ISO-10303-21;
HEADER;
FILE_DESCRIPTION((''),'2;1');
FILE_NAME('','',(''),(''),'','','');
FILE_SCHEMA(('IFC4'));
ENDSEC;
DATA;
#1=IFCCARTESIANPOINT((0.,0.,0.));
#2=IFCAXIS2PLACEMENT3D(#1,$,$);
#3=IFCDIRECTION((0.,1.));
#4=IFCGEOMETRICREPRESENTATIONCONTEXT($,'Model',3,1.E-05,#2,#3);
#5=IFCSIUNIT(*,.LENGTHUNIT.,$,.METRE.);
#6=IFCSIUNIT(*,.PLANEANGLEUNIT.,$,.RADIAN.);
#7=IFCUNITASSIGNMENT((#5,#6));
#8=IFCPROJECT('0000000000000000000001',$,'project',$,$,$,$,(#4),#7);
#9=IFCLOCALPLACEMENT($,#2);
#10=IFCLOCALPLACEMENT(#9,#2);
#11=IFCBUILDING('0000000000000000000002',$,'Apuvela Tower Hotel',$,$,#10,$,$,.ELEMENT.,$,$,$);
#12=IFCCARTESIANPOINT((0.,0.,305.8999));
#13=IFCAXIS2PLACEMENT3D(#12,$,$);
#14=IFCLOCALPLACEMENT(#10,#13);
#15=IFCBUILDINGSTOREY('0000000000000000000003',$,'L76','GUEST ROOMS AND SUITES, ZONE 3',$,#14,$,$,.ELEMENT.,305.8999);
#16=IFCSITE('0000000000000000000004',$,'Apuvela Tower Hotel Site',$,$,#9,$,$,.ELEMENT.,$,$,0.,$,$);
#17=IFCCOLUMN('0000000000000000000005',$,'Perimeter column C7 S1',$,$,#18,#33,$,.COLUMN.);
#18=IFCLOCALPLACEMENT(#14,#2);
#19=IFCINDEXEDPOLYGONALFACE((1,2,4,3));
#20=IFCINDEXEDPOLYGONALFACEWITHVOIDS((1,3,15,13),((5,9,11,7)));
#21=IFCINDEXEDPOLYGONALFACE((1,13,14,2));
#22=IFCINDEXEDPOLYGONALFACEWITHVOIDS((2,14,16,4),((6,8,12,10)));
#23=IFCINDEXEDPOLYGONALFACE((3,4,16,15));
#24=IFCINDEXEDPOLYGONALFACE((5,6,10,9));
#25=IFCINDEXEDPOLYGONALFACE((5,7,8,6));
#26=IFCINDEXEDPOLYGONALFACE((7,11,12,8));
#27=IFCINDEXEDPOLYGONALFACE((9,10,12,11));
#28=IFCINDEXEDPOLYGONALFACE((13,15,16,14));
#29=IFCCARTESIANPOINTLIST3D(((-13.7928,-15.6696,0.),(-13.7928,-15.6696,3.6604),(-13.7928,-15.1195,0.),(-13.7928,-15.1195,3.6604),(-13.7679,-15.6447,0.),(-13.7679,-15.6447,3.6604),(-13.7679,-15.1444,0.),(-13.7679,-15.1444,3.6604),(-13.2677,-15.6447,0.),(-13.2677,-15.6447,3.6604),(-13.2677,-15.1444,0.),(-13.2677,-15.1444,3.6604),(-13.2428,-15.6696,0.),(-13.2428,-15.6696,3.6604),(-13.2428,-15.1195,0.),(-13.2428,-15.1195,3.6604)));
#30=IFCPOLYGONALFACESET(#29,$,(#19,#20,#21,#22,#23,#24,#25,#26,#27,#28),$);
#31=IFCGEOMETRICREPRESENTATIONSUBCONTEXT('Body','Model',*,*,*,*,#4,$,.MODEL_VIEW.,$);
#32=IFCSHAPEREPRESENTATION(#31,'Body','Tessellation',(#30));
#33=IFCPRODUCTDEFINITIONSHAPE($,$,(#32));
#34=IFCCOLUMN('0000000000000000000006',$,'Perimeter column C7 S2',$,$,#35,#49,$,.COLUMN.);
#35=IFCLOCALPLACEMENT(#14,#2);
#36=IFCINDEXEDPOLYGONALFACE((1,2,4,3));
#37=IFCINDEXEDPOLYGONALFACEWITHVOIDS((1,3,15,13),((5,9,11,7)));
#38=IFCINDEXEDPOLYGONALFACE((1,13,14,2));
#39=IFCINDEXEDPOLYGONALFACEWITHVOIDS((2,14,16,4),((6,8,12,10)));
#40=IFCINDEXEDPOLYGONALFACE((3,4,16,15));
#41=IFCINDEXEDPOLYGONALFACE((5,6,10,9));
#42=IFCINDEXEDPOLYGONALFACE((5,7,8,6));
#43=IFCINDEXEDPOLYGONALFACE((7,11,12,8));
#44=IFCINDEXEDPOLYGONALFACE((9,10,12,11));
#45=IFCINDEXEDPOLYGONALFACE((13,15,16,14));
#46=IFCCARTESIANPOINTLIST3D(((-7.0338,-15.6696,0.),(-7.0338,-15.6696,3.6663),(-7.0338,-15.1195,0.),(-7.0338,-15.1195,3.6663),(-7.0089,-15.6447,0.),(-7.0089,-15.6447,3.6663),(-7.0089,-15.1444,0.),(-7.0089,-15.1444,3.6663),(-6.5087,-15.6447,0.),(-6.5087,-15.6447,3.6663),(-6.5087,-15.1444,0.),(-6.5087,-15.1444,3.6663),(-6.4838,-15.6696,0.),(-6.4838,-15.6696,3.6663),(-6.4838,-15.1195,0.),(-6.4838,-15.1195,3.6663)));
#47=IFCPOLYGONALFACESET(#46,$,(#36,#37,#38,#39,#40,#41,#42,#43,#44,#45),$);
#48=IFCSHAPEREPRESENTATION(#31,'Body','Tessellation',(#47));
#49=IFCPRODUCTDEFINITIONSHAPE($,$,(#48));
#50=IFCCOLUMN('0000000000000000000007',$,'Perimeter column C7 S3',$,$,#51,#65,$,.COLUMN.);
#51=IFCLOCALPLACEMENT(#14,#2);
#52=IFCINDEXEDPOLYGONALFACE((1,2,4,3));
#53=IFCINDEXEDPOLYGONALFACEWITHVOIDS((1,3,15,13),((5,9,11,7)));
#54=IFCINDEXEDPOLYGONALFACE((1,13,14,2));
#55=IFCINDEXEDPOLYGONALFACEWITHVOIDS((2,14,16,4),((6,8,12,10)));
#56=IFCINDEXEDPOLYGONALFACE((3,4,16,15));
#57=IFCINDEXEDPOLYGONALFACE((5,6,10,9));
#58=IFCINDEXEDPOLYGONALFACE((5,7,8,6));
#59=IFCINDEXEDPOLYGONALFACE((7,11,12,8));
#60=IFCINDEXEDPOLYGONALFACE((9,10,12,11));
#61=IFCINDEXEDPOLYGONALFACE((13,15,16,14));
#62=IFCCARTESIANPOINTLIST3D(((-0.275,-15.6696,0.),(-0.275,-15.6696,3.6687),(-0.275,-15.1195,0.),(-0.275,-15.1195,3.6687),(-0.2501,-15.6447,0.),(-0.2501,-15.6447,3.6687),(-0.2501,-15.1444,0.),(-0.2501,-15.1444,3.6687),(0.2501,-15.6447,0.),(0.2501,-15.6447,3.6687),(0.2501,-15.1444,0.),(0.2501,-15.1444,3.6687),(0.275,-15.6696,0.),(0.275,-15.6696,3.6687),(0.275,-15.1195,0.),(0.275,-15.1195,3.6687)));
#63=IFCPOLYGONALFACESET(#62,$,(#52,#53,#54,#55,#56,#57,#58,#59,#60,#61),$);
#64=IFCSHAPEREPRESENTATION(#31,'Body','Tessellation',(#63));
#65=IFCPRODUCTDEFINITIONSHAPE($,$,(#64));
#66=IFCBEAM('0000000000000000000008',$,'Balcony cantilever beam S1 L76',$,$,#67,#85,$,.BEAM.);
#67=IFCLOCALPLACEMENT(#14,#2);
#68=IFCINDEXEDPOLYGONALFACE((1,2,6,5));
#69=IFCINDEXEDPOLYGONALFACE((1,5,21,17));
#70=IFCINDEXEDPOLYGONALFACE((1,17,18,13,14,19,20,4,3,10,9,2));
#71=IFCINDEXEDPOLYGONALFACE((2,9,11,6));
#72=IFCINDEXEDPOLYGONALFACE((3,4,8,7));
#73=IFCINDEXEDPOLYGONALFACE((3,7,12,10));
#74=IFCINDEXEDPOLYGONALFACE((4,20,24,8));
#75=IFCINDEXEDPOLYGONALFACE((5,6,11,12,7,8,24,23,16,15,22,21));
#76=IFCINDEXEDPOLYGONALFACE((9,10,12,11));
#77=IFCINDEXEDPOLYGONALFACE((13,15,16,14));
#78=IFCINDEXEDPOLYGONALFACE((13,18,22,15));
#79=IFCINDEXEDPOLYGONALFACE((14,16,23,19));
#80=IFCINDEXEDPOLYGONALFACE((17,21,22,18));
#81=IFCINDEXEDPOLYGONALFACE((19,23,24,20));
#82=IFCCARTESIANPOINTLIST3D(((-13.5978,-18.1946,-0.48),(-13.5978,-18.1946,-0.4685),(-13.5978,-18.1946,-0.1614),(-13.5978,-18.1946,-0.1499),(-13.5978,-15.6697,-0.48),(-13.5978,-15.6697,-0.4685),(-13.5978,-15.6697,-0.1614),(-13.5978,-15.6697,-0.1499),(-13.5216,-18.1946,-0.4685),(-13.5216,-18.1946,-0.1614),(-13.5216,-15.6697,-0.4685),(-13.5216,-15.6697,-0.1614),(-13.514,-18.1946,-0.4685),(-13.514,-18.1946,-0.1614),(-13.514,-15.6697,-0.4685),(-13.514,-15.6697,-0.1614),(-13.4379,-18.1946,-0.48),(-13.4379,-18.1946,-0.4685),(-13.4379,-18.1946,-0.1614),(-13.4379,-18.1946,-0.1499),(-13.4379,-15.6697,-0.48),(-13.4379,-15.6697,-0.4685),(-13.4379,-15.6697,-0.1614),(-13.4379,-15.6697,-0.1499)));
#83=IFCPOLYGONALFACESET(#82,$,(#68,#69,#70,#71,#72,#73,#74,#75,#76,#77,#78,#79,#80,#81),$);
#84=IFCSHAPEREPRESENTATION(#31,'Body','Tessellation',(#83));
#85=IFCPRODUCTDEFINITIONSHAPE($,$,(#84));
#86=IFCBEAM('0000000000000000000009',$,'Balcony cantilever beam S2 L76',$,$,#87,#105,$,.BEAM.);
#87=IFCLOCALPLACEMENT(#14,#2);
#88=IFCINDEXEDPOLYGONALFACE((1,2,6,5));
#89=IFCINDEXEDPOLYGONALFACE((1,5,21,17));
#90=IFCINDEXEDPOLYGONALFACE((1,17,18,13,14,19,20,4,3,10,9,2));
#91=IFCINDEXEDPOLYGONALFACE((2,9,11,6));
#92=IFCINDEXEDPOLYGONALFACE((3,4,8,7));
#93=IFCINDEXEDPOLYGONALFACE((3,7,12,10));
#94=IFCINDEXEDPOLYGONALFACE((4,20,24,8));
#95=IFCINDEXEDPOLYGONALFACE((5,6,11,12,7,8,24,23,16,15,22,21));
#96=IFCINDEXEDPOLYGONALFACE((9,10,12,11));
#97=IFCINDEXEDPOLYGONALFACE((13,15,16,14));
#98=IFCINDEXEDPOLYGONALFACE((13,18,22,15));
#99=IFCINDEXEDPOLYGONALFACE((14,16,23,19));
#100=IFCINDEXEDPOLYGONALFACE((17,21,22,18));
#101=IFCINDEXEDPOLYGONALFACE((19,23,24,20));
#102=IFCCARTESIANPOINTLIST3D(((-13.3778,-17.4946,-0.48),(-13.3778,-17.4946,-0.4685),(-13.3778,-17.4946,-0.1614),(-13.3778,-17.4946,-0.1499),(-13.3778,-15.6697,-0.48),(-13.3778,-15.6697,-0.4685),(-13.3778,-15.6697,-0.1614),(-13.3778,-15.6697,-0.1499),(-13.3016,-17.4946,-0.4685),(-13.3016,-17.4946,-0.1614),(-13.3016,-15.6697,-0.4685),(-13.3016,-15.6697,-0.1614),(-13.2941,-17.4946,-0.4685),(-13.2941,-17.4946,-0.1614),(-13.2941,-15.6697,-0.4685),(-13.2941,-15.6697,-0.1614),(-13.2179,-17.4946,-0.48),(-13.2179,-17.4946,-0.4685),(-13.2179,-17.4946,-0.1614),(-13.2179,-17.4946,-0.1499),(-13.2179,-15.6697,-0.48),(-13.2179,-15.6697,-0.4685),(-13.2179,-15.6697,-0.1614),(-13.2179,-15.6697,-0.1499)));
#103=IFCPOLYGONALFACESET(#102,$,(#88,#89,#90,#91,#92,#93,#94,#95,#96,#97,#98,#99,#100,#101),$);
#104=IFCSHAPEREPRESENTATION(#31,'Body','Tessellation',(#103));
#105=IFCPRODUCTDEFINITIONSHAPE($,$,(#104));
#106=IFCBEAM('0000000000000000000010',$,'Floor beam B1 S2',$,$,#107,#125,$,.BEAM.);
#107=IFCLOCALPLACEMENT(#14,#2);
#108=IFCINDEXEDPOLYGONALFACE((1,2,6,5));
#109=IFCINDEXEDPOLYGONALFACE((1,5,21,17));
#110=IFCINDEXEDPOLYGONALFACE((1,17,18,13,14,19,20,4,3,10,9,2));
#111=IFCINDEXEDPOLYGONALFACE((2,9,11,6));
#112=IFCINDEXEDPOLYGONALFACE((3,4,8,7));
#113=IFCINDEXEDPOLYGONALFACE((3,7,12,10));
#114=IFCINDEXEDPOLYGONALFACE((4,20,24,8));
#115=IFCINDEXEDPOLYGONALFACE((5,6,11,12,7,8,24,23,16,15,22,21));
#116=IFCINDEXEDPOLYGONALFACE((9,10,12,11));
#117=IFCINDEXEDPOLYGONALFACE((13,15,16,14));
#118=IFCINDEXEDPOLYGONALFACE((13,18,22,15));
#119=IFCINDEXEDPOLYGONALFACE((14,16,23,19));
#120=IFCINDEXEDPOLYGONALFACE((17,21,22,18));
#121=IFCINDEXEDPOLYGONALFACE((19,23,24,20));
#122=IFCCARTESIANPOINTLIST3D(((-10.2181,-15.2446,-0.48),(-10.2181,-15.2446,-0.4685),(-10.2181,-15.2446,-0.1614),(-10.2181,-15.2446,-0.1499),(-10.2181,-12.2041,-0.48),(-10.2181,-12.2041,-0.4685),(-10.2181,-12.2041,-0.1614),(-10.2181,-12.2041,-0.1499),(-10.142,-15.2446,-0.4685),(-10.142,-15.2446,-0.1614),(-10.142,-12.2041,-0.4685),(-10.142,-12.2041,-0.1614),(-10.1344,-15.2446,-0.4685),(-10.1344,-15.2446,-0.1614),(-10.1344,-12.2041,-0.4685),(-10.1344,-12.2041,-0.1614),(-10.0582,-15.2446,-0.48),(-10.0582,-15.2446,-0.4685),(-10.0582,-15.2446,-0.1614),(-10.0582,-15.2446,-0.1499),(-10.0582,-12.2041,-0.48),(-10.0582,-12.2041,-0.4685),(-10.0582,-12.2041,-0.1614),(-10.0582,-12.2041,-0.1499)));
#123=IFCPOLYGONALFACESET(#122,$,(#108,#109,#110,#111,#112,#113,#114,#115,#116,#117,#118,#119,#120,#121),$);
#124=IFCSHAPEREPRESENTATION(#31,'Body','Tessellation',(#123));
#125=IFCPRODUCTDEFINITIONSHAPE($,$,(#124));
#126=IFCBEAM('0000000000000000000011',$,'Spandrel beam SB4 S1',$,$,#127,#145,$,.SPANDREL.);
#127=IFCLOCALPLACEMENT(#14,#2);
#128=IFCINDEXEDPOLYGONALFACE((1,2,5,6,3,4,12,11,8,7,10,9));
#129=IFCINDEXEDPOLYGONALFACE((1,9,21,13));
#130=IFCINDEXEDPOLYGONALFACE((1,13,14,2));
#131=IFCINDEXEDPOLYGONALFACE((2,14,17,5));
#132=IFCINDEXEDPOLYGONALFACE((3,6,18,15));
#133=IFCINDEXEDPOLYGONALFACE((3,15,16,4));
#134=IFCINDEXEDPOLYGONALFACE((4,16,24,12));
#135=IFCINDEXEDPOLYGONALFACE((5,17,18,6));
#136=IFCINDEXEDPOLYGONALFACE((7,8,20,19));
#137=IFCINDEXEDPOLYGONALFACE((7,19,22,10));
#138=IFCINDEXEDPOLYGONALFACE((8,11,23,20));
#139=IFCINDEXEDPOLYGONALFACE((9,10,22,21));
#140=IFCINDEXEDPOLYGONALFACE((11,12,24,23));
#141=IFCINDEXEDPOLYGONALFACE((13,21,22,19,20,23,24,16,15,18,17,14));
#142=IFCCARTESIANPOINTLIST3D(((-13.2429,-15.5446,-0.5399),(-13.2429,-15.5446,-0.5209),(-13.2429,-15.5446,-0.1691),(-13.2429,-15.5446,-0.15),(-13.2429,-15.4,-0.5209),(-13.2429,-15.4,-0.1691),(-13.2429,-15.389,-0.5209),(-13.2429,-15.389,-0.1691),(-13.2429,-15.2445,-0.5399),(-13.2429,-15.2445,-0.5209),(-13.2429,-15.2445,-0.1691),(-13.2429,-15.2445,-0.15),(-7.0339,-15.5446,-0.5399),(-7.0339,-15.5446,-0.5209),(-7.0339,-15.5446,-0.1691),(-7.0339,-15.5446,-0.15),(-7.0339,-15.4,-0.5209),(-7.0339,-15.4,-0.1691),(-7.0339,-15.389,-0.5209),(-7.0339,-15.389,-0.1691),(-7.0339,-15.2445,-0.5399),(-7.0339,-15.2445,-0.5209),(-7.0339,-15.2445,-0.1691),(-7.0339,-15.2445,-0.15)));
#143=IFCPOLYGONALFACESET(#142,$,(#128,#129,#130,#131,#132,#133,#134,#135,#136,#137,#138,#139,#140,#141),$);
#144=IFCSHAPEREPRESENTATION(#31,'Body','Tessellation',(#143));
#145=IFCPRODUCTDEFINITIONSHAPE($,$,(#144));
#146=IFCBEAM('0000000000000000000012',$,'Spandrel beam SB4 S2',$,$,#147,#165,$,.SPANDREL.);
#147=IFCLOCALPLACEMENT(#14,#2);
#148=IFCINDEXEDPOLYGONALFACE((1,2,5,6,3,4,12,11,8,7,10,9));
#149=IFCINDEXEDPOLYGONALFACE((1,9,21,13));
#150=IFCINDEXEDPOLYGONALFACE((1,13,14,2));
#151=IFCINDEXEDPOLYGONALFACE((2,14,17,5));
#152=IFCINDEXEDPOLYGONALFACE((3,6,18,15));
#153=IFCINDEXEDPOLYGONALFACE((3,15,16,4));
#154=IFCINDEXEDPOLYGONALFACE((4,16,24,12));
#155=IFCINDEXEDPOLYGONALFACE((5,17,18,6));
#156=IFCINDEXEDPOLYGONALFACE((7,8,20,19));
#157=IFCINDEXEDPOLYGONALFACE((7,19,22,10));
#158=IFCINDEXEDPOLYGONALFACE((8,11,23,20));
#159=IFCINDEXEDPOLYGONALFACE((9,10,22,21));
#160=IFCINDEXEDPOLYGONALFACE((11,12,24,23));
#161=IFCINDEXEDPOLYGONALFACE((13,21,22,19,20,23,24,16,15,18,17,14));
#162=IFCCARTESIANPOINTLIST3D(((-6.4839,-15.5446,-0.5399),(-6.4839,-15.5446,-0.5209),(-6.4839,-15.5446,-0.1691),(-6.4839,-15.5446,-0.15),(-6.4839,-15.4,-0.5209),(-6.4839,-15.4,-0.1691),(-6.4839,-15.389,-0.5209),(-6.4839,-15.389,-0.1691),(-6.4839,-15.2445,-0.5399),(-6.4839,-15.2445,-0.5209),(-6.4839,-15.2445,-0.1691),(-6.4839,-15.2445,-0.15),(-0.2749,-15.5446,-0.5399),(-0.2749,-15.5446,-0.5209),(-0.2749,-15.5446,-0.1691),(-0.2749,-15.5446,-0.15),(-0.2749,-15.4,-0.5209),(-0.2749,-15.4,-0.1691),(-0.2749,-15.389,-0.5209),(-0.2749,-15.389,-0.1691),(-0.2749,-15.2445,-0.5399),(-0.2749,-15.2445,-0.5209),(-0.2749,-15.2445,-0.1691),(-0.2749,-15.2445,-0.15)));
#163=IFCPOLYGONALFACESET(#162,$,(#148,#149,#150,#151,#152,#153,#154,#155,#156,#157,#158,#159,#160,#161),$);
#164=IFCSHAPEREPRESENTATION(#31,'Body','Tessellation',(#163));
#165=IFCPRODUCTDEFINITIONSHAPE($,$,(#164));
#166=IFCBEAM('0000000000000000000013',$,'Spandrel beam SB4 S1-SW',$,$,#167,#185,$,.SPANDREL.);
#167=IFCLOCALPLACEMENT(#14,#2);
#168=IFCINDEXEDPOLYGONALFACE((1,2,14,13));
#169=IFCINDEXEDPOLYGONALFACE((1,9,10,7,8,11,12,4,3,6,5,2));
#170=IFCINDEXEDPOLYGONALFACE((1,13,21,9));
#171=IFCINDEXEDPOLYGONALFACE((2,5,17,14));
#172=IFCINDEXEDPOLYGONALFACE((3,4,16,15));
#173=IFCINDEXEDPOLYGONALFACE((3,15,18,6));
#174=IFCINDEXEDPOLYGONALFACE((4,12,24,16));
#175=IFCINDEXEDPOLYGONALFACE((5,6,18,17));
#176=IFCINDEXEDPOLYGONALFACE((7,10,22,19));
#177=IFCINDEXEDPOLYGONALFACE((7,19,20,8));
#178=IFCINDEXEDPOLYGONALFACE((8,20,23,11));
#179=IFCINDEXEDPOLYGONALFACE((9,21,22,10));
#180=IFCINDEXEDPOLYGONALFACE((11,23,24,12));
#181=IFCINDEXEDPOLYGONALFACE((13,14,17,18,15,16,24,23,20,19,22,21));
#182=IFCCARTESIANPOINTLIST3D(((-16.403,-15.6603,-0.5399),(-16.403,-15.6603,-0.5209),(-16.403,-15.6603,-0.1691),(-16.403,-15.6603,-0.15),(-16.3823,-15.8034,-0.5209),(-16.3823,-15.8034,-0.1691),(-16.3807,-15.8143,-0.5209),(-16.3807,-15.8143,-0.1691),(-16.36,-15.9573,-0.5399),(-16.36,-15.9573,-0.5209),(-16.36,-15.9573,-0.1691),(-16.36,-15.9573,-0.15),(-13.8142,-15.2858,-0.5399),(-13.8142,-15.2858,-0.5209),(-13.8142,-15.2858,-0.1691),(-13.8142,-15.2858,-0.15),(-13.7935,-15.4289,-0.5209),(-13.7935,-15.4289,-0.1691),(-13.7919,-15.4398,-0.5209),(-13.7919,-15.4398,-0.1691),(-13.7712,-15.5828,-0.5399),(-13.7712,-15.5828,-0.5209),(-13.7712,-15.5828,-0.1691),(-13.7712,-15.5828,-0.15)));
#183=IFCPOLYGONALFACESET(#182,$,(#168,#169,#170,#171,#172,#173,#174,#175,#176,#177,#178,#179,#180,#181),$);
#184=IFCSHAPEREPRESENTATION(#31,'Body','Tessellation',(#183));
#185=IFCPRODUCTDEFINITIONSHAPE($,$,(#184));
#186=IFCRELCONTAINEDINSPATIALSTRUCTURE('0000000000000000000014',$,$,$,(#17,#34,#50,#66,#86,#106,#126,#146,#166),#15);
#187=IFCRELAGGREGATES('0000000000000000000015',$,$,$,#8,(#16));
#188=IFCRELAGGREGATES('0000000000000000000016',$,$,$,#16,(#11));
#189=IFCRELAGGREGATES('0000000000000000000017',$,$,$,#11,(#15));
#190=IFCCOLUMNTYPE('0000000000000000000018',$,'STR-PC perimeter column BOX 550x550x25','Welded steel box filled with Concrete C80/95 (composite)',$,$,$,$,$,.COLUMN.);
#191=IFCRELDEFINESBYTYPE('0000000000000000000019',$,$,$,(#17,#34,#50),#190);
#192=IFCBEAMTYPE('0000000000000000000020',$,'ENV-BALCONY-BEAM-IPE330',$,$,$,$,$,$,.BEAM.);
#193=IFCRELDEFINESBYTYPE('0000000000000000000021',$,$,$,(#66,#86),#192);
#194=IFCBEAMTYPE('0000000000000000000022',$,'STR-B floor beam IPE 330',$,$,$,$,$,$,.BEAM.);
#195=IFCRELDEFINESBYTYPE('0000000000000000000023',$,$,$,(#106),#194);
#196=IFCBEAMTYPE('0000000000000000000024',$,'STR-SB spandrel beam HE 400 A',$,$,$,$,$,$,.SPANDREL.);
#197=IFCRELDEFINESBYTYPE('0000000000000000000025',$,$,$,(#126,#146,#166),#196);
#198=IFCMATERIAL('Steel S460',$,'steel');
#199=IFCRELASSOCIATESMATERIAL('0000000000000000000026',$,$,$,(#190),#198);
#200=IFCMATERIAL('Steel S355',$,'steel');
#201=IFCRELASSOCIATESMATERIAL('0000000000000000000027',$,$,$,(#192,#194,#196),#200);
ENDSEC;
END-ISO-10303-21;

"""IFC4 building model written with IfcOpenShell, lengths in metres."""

from ifc_helpers import new_model, si_unit, direction, frame, origin, origin_2d, place, context, subcontext, project, spatial, rectangle, hollow_rectangle, i_section, extrude, boolean, halfspace, material, material_profile, profile_set, type_object, element, save


model = new_model("IFC4")

# Units and contexts
model_context = context("Model", 3, precision=1e-05, world=origin(), true_north=direction((0.0, 1.0)))
body_context = subcontext(model_context, "Body", "Model", "MODEL_VIEW")
ifc_project = project(units=[si_unit("LENGTHUNIT", "METRE"), si_unit("PLANEANGLEUNIT", "RADIAN")], contexts=[model_context])

# Site, building, storey
site_placement = place(None, origin())
site = spatial("IfcSite", under=ifc_project, at=site_placement, Name="Apuvela Tower Hotel Site", CompositionType="ELEMENT", RefElevation=0.0)
building_placement = place(site_placement, origin())
building = spatial("IfcBuilding", under=site, at=building_placement, Name="Apuvela Tower Hotel", CompositionType="ELEMENT")
storey_placement = place(building_placement, frame((0.0, 0.0, 305.8999)))
storey = spatial("IfcBuildingStorey", under=building, at=storey_placement, Name="L76", Description="GUEST ROOMS AND SUITES, ZONE 3", CompositionType="ELEMENT", Elevation=305.8999)

# Columns
ifc_material_1 = material(Name="Steel S460", Category="steel")
ifc_material_profile_1 = material_profile(ifc_material_1, hollow_rectangle(XDim=0.55, YDim=0.55, WallThickness=0.0249, at=origin_2d()), Name="BOX 550x550x25")
ifc_material_2 = material(Name="Concrete C80/95", Category="concrete")
ifc_material_profile_2 = material_profile(ifc_material_2, rectangle(XDim=0.5, YDim=0.5, at=origin_2d()), Name="Concrete C80/95 infill")
ifc_profile_set_1 = profile_set([ifc_material_profile_1, ifc_material_profile_2], Name="Steel S460")
column_type = type_object("IfcColumnType", Name="STR-PC perimeter column BOX 550x550x25", Description="Welded steel box filled with Concrete C80/95 (composite)", PredefinedType="COLUMN", material=ifc_profile_set_1)
column_1_placement = place(storey_placement, frame((-13.5178, -15.3945, 0.0), z_axis=(0.0, 0.0, 1.0), x_axis=(-1.0, 0.0, 0.0)))
element("IfcColumn", 1, at=column_1_placement, inside=storey, type_object=column_type, Name="Perimeter column C7 S1", PredefinedType="COLUMN", context=body_context, shape_type="SweptSolid", body=[
    boolean("DIFFERENCE", extrude(hollow_rectangle(XDim=0.55, YDim=0.55, WallThickness=0.0249, at=origin_2d()), origin(), (0.0, 0.0, 1.0), 3.7002), halfspace(frame((0.0, 0.0, 3.6604), z_axis=(0.0, 0.0, 1.0), x_axis=(1.0, 0.0, 0.0)), False)),
])
column_2_placement = place(storey_placement, frame((-6.7588, -15.3945, 0.0), z_axis=(0.0, 0.0, 1.0), x_axis=(-1.0, 0.0, 0.0)))
element("IfcColumn", 2, at=column_2_placement, inside=storey, type_object=column_type, Name="Perimeter column C7 S2", PredefinedType="COLUMN", context=body_context, shape_type="SweptSolid", body=[
    boolean("DIFFERENCE", extrude(hollow_rectangle(XDim=0.55, YDim=0.55, WallThickness=0.0249, at=origin_2d()), origin(), (0.0, 0.0, 1.0), 3.7002), halfspace(frame((0.0, 0.0, 3.6663), z_axis=(0.0, 0.0, 1.0), x_axis=(1.0, 0.0, 0.0)), False)),
])
column_3_placement = place(storey_placement, frame((0.0, -15.3945, 0.0), z_axis=(0.0, 0.0, 1.0), x_axis=(-1.0, 0.0, 0.0)))
element("IfcColumn", 3, at=column_3_placement, inside=storey, type_object=column_type, Name="Perimeter column C7 S3", PredefinedType="COLUMN", context=body_context, shape_type="SweptSolid", body=[
    boolean("DIFFERENCE", extrude(hollow_rectangle(XDim=0.55, YDim=0.55, WallThickness=0.0249, at=origin_2d()), origin(), (0.0, 0.0, 1.0), 3.7002), halfspace(frame((0.0, 0.0, 3.6687), z_axis=(0.0, 0.0, 1.0), x_axis=(1.0, 0.0, 0.0)), False)),
])

# Beams
ifc_material_3 = material(Name="Steel S355", Category="steel")
ifc_material_profile_3 = material_profile(ifc_material_3, i_section(OverallWidth=0.1599, OverallDepth=0.3301, WebThickness=0.0076, FlangeThickness=0.0115, at=origin_2d()), Name="IPE 330")
ifc_profile_set_2 = profile_set([ifc_material_profile_3], Name="Steel S355")
beam_type_1 = type_object("IfcBeamType", Name="ENV-BALCONY-BEAM-IPE330", PredefinedType="BEAM", material=ifc_profile_set_2)
beam_1_placement = place(storey_placement, frame((-13.5178, -15.6697, -0.3149), z_axis=(0.0, -1.0, 0.0), x_axis=(1.0, 0.0, 0.0)))
element("IfcBeam", 4, at=beam_1_placement, inside=storey, type_object=beam_type_1, Name="Balcony cantilever beam S1 L76", PredefinedType="BEAM", context=body_context, shape_type="SweptSolid", body=[
    extrude(i_section(OverallWidth=0.1599, OverallDepth=0.3301, WebThickness=0.0076, FlangeThickness=0.0115, at=origin_2d()), origin(), (0.0, 0.0, 1.0), 2.5249),
])
beam_2_placement = place(storey_placement, frame((-13.2979, -15.6697, -0.3149), z_axis=(0.0, -1.0, 0.0), x_axis=(1.0, 0.0, 0.0)))
element("IfcBeam", 5, at=beam_2_placement, inside=storey, type_object=beam_type_1, Name="Balcony cantilever beam S2 L76", PredefinedType="BEAM", context=body_context, shape_type="SweptSolid", body=[
    extrude(i_section(OverallWidth=0.1599, OverallDepth=0.3301, WebThickness=0.0076, FlangeThickness=0.0115, at=origin_2d()), origin(), (0.0, 0.0, 1.0), 1.825),
])
ifc_material_profile_4 = material_profile(ifc_material_3, i_section(OverallWidth=0.1599, OverallDepth=0.3301, WebThickness=0.0076, FlangeThickness=0.0115, at=origin_2d()), Name="IPE 330")
ifc_profile_set_3 = profile_set([ifc_material_profile_4], Name="Steel S355")
beam_type_2 = type_object("IfcBeamType", Name="STR-B floor beam IPE 330", PredefinedType="BEAM", material=ifc_profile_set_3)
beam_3_placement = place(storey_placement, frame((-10.1382, -15.2446, -0.3149), z_axis=(0.0, 1.0, 0.0), x_axis=(-1.0, 0.0, 0.0)))
element("IfcBeam", 6, at=beam_3_placement, inside=storey, type_object=beam_type_2, Name="Floor beam B1 S2", PredefinedType="BEAM", context=body_context, shape_type="SweptSolid", body=[
    extrude(i_section(OverallWidth=0.1599, OverallDepth=0.3301, WebThickness=0.0076, FlangeThickness=0.0115, at=origin_2d()), origin(), (0.0, 0.0, 1.0), 3.0405),
])
ifc_material_profile_5 = material_profile(ifc_material_3, i_section(OverallWidth=0.3, OverallDepth=0.3899, WebThickness=0.011, FlangeThickness=0.019, at=origin_2d()), Name="HE 400 A")
ifc_profile_set_4 = profile_set([ifc_material_profile_5], Name="Steel S355")
beam_type_3 = type_object("IfcBeamType", Name="STR-SB spandrel beam HE 400 A", PredefinedType="SPANDREL", material=ifc_profile_set_4)
for number, where, z_axis, x_axis, name in (
    (7, (-13.2429, -15.3945, -0.345), (1.0, 0.0, 0.0), (0.0, 1.0, 0.0), "Spandrel beam SB4 S1"),
    (8, (-6.4839, -15.3945, -0.345), (1.0, 0.0, 0.0), (0.0, 1.0, 0.0), "Spandrel beam SB4 S2"),
):
    element("IfcBeam", number, at=place(storey_placement, frame(where, z_axis=z_axis, x_axis=x_axis)), inside=storey, type_object=beam_type_3, Name=name, PredefinedType="SPANDREL", context=body_context, shape_type="SweptSolid", body=[
        extrude(i_section(OverallWidth=0.3, OverallDepth=0.3899, WebThickness=0.011, FlangeThickness=0.019, at=origin_2d()), origin(), (0.0, 0.0, 1.0), 6.209),
    ])
beam_4_placement = place(storey_placement, frame((-13.7927, -15.4343, -0.345), z_axis=(-0.989698, -0.143172, 0.0), x_axis=(0.143172, -0.989698, 0.0)))
element("IfcBeam", 9, at=beam_4_placement, inside=storey, type_object=beam_type_3, Name="Spandrel beam SB4 S1-SW", PredefinedType="SPANDREL", context=body_context, shape_type="SweptSolid", body=[
    extrude(i_section(OverallWidth=0.3, OverallDepth=0.3899, WebThickness=0.011, FlangeThickness=0.019, at=origin_2d()), origin(), (0.0, 0.0, 1.0), 2.6157),
])

save(model, "model.ifc")
